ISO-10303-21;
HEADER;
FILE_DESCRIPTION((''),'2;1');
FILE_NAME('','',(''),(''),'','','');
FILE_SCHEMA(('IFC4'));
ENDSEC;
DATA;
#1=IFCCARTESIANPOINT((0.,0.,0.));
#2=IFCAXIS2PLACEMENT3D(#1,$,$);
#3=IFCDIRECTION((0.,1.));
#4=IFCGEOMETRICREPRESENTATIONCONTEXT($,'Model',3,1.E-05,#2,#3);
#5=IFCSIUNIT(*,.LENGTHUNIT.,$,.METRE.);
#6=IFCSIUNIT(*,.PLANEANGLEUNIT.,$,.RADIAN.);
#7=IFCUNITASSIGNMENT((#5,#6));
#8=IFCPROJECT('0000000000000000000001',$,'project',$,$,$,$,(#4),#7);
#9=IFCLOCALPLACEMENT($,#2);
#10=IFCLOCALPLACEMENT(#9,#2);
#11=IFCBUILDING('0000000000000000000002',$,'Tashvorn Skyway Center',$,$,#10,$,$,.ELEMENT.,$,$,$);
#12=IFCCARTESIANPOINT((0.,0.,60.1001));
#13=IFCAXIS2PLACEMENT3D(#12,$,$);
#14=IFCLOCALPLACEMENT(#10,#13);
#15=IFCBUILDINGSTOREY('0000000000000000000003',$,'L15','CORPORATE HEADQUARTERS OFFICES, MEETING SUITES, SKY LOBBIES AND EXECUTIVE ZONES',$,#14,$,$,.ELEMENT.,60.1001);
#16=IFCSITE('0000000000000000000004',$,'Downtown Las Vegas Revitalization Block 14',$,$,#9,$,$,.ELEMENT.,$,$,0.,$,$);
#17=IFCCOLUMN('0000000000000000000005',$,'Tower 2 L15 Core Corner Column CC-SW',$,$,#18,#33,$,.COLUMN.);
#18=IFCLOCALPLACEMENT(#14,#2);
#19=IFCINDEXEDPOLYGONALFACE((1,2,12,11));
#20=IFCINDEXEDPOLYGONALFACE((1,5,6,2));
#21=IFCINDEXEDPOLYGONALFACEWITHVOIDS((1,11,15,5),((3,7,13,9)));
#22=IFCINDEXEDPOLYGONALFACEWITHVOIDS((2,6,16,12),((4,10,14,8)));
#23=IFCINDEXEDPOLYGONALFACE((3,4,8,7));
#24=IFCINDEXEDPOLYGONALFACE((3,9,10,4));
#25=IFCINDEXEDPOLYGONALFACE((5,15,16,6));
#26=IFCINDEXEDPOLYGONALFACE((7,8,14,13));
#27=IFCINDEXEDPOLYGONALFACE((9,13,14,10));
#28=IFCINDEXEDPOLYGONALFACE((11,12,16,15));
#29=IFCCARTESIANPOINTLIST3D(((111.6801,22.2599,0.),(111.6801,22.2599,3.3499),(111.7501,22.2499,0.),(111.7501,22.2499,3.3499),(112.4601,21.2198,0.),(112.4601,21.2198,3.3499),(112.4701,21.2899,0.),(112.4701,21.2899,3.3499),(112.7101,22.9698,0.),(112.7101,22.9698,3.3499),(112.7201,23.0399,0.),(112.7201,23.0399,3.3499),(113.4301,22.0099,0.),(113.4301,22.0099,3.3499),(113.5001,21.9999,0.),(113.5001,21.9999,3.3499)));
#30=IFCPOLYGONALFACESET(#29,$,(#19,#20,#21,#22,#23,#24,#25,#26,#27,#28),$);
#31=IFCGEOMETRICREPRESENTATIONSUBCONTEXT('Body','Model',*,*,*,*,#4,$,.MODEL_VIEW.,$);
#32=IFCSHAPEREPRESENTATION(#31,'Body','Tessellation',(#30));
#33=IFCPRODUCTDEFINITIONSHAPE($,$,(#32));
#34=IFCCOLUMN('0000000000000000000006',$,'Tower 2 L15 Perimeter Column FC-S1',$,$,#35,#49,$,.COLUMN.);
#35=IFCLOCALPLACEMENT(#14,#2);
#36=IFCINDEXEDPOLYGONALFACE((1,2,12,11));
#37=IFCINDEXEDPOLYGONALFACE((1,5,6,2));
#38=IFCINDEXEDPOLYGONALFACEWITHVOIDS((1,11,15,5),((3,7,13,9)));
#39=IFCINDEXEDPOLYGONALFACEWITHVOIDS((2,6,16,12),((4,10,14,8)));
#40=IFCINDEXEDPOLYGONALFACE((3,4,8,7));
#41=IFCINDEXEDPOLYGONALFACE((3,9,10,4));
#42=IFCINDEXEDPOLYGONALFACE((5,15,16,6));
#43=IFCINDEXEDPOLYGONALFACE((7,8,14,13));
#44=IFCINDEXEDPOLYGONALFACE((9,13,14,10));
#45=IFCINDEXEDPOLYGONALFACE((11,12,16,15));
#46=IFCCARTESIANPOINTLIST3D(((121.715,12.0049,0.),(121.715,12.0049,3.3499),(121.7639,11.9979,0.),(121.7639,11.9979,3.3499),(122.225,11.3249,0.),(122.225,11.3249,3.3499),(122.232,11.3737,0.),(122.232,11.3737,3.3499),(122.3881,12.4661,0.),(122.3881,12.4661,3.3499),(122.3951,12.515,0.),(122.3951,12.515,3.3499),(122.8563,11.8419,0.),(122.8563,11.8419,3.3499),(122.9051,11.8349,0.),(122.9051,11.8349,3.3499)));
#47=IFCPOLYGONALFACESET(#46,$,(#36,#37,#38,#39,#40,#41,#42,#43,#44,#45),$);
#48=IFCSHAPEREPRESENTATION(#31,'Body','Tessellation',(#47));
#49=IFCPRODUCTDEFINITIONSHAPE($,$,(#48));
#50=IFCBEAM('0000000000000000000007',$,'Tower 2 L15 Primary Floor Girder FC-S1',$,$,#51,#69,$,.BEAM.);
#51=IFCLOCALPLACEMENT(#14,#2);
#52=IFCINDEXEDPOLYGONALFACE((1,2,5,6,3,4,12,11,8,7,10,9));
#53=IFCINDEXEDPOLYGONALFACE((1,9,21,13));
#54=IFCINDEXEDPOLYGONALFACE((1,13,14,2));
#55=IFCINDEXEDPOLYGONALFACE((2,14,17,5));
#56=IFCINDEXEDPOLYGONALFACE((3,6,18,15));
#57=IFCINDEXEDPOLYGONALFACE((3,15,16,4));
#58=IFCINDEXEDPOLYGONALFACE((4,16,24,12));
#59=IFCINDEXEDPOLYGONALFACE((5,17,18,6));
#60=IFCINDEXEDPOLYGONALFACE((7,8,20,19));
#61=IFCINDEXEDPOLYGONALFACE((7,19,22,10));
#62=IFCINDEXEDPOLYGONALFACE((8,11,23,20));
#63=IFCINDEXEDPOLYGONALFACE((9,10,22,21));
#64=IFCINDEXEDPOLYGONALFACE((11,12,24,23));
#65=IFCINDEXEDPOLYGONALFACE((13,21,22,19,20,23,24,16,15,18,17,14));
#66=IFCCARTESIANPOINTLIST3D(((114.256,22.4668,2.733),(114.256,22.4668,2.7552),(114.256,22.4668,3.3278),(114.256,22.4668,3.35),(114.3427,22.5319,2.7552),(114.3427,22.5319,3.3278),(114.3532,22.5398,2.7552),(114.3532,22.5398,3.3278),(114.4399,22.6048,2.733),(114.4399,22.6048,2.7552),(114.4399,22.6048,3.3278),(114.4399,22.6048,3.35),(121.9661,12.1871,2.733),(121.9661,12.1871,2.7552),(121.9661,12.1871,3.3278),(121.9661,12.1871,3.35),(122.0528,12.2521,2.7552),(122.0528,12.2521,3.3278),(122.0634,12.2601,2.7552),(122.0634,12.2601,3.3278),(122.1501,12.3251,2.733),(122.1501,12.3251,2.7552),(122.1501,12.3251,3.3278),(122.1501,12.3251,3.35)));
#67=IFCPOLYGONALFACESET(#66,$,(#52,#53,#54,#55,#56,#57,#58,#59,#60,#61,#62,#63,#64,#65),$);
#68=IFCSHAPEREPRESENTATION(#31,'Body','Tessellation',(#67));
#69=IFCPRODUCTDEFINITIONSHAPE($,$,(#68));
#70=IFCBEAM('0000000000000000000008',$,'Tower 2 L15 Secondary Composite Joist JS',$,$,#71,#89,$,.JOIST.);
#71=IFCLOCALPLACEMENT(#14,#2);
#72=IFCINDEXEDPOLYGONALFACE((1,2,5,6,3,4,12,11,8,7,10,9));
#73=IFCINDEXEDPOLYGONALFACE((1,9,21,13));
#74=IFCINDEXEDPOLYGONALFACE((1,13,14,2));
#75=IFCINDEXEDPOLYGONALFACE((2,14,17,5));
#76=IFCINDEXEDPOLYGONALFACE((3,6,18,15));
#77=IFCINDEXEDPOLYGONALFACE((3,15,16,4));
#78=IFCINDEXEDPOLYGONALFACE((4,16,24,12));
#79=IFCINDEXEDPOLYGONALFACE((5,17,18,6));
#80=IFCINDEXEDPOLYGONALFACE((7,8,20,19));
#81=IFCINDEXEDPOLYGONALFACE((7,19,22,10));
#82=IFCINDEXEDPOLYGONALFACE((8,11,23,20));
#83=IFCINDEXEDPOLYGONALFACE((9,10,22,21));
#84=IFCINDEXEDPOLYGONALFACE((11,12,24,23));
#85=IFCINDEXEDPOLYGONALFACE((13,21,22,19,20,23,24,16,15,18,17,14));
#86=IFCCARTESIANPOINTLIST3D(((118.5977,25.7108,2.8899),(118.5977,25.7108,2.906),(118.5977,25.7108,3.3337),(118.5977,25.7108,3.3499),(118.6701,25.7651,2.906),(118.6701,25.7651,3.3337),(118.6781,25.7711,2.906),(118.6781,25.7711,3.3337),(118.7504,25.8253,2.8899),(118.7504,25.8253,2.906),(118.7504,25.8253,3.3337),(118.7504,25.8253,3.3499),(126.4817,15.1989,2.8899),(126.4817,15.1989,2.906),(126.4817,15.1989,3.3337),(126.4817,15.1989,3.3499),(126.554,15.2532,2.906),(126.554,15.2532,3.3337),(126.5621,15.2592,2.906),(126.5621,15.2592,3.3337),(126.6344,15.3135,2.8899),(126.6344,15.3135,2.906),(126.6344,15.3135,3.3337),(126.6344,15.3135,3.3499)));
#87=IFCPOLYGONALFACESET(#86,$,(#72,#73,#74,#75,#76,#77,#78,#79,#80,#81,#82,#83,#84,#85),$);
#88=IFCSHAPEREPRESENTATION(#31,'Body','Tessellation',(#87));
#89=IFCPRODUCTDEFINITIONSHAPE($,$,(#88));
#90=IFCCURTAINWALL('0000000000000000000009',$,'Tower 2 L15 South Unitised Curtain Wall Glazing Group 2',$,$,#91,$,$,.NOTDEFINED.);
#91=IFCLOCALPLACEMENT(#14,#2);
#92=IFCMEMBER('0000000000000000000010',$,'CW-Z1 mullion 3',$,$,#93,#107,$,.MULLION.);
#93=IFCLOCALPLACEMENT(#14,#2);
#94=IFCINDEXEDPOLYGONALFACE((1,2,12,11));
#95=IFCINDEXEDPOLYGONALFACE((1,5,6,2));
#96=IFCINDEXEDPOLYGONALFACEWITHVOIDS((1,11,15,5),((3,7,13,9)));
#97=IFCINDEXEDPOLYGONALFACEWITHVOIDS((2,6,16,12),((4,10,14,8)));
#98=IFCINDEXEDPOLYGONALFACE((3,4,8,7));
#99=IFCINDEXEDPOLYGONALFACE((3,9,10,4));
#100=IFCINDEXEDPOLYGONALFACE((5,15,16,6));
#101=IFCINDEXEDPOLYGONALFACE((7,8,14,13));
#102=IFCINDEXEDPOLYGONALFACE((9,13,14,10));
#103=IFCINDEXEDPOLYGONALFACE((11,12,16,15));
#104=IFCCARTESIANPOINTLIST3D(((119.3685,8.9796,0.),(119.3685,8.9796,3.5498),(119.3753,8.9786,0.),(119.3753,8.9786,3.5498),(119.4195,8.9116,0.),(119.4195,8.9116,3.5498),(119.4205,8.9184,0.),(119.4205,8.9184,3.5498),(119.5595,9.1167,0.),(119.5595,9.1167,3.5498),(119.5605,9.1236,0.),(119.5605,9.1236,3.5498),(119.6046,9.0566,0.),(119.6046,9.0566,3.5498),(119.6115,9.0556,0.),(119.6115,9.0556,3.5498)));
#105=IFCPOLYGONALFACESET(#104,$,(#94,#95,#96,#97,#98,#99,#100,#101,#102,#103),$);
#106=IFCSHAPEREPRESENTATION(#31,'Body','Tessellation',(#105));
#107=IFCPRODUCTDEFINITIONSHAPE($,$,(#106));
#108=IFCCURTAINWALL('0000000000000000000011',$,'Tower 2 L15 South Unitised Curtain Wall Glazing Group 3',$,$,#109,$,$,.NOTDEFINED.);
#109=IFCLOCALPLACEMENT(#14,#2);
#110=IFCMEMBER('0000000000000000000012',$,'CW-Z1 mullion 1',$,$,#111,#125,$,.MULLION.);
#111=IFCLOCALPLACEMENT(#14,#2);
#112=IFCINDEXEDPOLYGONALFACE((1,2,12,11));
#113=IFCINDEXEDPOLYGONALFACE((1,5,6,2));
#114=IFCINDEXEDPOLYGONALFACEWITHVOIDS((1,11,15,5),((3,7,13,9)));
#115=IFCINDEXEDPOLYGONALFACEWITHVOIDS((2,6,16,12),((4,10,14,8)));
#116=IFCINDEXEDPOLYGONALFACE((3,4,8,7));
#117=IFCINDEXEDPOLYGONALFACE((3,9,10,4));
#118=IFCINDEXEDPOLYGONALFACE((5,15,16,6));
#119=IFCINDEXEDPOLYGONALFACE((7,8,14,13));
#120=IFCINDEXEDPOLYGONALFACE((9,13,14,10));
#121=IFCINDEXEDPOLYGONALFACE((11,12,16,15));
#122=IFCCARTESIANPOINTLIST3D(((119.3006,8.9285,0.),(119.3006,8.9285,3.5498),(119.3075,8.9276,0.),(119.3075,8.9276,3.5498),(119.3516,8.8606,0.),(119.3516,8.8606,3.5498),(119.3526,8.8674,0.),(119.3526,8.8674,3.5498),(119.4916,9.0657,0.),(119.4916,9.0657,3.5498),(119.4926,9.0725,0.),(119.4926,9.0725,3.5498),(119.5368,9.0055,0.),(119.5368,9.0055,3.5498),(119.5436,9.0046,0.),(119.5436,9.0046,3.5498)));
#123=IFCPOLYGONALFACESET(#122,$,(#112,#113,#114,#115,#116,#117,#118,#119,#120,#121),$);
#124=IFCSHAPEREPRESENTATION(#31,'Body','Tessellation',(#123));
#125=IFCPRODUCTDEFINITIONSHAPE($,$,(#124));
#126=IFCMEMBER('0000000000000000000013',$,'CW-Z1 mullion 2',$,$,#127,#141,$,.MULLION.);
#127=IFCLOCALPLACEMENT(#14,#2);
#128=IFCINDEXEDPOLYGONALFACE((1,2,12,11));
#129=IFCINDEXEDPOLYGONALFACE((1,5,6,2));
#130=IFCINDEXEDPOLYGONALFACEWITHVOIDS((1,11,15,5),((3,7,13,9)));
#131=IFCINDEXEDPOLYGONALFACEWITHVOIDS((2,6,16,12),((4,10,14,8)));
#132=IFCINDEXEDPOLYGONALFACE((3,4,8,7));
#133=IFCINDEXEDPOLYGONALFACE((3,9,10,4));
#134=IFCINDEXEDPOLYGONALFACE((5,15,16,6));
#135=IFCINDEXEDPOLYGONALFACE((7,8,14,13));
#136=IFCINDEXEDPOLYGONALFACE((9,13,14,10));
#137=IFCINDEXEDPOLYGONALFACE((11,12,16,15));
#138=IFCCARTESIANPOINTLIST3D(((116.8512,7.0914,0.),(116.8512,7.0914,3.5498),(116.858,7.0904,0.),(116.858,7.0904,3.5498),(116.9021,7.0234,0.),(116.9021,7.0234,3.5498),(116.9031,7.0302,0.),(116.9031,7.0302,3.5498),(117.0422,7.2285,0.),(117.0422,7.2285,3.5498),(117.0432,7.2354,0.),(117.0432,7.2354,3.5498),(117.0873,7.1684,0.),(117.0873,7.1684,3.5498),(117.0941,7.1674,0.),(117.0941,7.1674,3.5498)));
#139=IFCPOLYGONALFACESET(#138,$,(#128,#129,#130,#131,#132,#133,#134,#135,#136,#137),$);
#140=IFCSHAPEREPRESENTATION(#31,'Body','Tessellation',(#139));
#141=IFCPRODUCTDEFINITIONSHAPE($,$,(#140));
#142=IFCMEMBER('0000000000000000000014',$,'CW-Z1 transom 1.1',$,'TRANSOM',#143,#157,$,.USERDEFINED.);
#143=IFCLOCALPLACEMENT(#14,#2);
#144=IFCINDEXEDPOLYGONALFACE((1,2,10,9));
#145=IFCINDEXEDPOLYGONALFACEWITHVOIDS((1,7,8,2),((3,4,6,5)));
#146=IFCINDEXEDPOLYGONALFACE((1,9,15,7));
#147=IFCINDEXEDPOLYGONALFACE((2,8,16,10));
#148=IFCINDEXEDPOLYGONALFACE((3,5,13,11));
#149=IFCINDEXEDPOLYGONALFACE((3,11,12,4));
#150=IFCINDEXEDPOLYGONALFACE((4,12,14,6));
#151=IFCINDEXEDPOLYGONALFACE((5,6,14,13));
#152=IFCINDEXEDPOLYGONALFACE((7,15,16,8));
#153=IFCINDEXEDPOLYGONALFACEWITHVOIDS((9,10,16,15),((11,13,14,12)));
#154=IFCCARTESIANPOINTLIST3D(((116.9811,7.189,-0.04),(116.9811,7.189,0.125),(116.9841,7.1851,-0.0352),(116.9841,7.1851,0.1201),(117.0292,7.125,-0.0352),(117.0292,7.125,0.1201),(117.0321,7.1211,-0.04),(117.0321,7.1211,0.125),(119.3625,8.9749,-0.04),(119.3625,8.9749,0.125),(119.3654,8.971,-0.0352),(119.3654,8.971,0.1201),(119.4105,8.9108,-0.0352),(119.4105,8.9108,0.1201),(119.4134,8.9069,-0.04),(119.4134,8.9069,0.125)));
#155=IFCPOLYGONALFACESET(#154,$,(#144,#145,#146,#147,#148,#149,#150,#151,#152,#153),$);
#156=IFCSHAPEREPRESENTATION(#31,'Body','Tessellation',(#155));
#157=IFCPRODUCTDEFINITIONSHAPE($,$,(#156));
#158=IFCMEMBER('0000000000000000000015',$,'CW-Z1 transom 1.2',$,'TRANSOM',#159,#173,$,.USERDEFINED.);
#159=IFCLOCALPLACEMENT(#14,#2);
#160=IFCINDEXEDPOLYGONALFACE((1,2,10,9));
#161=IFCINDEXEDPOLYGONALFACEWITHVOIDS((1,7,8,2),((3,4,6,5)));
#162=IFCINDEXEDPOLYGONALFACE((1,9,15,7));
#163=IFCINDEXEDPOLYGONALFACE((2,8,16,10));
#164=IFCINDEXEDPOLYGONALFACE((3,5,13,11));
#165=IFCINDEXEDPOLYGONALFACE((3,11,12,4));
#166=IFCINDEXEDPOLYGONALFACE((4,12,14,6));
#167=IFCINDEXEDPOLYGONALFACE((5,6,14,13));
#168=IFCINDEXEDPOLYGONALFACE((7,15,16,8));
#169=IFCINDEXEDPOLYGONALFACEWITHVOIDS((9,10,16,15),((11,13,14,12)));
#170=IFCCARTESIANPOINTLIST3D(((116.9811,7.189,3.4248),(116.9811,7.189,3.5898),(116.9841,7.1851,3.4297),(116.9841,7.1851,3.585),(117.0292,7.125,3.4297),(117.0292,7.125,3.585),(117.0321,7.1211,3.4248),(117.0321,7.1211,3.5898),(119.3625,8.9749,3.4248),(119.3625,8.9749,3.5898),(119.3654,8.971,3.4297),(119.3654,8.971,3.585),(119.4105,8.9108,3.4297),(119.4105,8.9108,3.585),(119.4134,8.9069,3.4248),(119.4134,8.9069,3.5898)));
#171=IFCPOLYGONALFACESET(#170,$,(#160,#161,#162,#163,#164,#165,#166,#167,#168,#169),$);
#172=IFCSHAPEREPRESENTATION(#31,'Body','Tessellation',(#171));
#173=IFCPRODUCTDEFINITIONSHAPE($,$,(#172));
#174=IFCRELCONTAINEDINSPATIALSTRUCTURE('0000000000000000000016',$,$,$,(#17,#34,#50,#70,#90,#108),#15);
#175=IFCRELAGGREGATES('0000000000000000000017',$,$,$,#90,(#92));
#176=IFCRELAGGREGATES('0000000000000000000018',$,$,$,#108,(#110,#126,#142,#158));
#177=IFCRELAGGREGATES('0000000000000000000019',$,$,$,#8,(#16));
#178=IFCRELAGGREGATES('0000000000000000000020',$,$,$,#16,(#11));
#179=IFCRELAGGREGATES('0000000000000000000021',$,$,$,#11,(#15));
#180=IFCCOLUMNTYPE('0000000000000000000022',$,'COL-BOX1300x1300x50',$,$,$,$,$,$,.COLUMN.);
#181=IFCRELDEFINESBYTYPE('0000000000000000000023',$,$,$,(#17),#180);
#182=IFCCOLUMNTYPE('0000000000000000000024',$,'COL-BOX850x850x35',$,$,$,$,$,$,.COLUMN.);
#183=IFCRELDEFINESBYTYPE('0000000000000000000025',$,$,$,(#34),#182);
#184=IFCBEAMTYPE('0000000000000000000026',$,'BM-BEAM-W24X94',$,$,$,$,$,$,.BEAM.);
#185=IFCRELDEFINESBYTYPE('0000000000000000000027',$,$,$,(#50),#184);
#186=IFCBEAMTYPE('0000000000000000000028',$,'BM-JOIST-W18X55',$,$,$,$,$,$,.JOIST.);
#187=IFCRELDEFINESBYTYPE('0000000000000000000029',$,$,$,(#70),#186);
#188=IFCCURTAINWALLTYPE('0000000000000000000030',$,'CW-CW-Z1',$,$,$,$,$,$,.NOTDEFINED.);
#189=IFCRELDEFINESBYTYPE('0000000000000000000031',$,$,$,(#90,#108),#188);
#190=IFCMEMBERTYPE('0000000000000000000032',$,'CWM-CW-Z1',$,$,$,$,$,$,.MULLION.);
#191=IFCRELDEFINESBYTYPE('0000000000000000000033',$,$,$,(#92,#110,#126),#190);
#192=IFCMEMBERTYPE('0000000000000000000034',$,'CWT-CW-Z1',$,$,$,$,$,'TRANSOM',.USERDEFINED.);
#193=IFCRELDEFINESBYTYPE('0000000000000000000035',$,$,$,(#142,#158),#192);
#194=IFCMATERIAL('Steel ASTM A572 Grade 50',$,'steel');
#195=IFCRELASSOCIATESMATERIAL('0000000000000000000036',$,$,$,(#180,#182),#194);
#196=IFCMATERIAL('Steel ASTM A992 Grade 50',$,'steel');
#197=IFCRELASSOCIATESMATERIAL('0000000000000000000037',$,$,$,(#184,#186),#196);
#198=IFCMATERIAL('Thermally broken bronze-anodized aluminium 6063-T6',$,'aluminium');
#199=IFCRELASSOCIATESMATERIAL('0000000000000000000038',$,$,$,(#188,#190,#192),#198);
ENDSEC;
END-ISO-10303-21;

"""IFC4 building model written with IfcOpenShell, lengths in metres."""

from ifc_helpers import new_model, si_unit, direction, frame, origin, origin_2d, place, context, subcontext, project, spatial, hollow_rectangle, i_section, extrude, material, material_profile, profile_set, type_object, element, aggregate, save


model = new_model("IFC4")

# Units and contexts
model_context = context("Model", 3, precision=1e-05, world=origin(), true_north=direction((0.0, 1.0)))
body_context = subcontext(model_context, "Body", "Model", "MODEL_VIEW")
ifc_project = project(units=[si_unit("LENGTHUNIT", "METRE"), si_unit("PLANEANGLEUNIT", "RADIAN")], contexts=[model_context])

# Site, building, storey
site_placement = place(None, origin())
site = spatial("IfcSite", under=ifc_project, at=site_placement, Name="Downtown Las Vegas Revitalization Block 14", CompositionType="ELEMENT", RefElevation=0.0)
building_placement = place(site_placement, origin())
building = spatial("IfcBuilding", under=site, at=building_placement, Name="Tashvorn Skyway Center", CompositionType="ELEMENT")
storey_placement = place(building_placement, frame((0.0, 0.0, 60.1001)))
storey = spatial("IfcBuildingStorey", under=building, at=storey_placement, Name="L15", Description="CORPORATE HEADQUARTERS OFFICES, MEETING SUITES, SKY LOBBIES AND EXECUTIVE ZONES", CompositionType="ELEMENT", Elevation=60.1001)

# Columns
ifc_material_1 = material(Name="Steel ASTM A572 Grade 50", Category="steel")
ifc_material_profile_1 = material_profile(ifc_material_1, hollow_rectangle(XDim=1.3, YDim=1.3, WallThickness=0.05, at=origin_2d()), Name="BOX1300x1300x50")
ifc_profile_set_1 = profile_set([ifc_material_profile_1], Name="Steel ASTM A572 Grade 50")
column_type_1 = type_object("IfcColumnType", Name="COL-BOX1300x1300x50", PredefinedType="COLUMN", material=ifc_profile_set_1)
column_1_placement = place(storey_placement, frame((112.5901, 22.1299, 0.0), z_axis=(0.0, 0.0, 1.0), x_axis=(0.8, 0.6, 0.0)))
element("IfcColumn", 1, at=column_1_placement, inside=storey, type_object=column_type_1, Name="Tower 2 L15 Core Corner Column CC-SW", PredefinedType="COLUMN", context=body_context, shape_type="SweptSolid", body=[
    extrude(hollow_rectangle(XDim=1.3, YDim=1.3, WallThickness=0.05, at=origin_2d()), origin(), (0.0, 0.0, 1.0), 3.3499),
])
ifc_material_profile_2 = material_profile(ifc_material_1, hollow_rectangle(XDim=0.8501, YDim=0.8501, WallThickness=0.0349, at=origin_2d()), Name="BOX850x850x35")
ifc_profile_set_2 = profile_set([ifc_material_profile_2], Name="Steel ASTM A572 Grade 50")
column_type_2 = type_object("IfcColumnType", Name="COL-BOX850x850x35", PredefinedType="COLUMN", material=ifc_profile_set_2)
column_2_placement = place(storey_placement, frame((122.3101, 11.9199, 0.0), z_axis=(0.0, 0.0, 1.0), x_axis=(0.8, 0.6, 0.0)))
element("IfcColumn", 2, at=column_2_placement, inside=storey, type_object=column_type_2, Name="Tower 2 L15 Perimeter Column FC-S1", PredefinedType="COLUMN", context=body_context, shape_type="SweptSolid", body=[
    extrude(hollow_rectangle(XDim=0.8501, YDim=0.8501, WallThickness=0.0349, at=origin_2d()), origin(), (0.0, 0.0, 1.0), 3.3499),
])

# Beams
ifc_material_2 = material(Name="Steel ASTM A992 Grade 50", Category="steel")
ifc_material_profile_3 = material_profile(ifc_material_2, i_section(OverallWidth=0.23, OverallDepth=0.6169, WebThickness=0.0132, FlangeThickness=0.0222, at=origin_2d()), Name="W24X94")
ifc_profile_set_3 = profile_set([ifc_material_profile_3], Name="Steel ASTM A992 Grade 50")
beam_type_1 = type_object("IfcBeamType", Name="BM-BEAM-W24X94", PredefinedType="BEAM", material=ifc_profile_set_3)
beam_1_placement = place(storey_placement, frame((122.0581, 12.2561, 3.0415), z_axis=(-0.600018, 0.799986, 0.0), x_axis=(-0.799986, -0.600018, 0.0)))
element("IfcBeam", 3, at=beam_1_placement, inside=storey, type_object=beam_type_1, Name="Tower 2 L15 Primary Floor Girder FC-S1", PredefinedType="BEAM", context=body_context, shape_type="SweptSolid", body=[
    extrude(i_section(OverallWidth=0.23, OverallDepth=0.6169, WebThickness=0.0132, FlangeThickness=0.0222, at=origin_2d()), origin(), (0.0, 0.0, 1.0), 12.8499),
])
ifc_material_profile_4 = material_profile(ifc_material_2, i_section(OverallWidth=0.1909, OverallDepth=0.46, WebThickness=0.01, FlangeThickness=0.0161, at=origin_2d()), Name="W18X55")
ifc_profile_set_4 = profile_set([ifc_material_profile_4], Name="Steel ASTM A992 Grade 50")
beam_type_2 = type_object("IfcBeamType", Name="BM-JOIST-W18X55", PredefinedType="JOIST", material=ifc_profile_set_4)
beam_2_placement = place(storey_placement, frame((118.6741, 25.7681, 3.1199), z_axis=(0.600003, -0.799998, 0.0), x_axis=(0.799998, 0.600003, 0.0)))
element("IfcBeam", 4, at=beam_2_placement, inside=storey, type_object=beam_type_2, Name="Tower 2 L15 Secondary Composite Joist JS", PredefinedType="JOIST", context=body_context, shape_type="SweptSolid", body=[
    extrude(i_section(OverallWidth=0.1909, OverallDepth=0.46, WebThickness=0.01, FlangeThickness=0.0161, at=origin_2d()), origin(), (0.0, 0.0, 1.0), 13.1399),
])

# Curtain wall, member
ifc_material_3 = material(Name="Thermally broken bronze-anodized aluminium 6063-T6", Category="aluminium")
curtain_wall_type = type_object("IfcCurtainWallType", Name="CW-CW-Z1", PredefinedType="NOTDEFINED", material=ifc_material_3)
curtain_wall_1_placement = place(storey_placement, origin())
curtain_wall_1 = element("IfcCurtainWall", 5, at=curtain_wall_1_placement, inside=storey, type_object=curtain_wall_type, Name="Tower 2 L15 South Unitised Curtain Wall Glazing Group 2", PredefinedType="NOTDEFINED")
ifc_material_profile_5 = material_profile(ifc_material_3, hollow_rectangle(XDim=0.085, YDim=0.24, WallThickness=0.0049, at=origin_2d()), Name="ALU-MULL-85x240")
ifc_profile_set_5 = profile_set([ifc_material_profile_5], Name="Thermally broken bronze-anodized aluminium 6063-T6")
member_type_1 = type_object("IfcMemberType", Name="CWM-CW-Z1", PredefinedType="MULLION", material=ifc_profile_set_5)
member_1_placement = place(storey_placement, frame((119.49, 9.0176, 0.0), z_axis=(0.0, 0.0, 1.0), x_axis=(0.6, -0.8, 0.0)))
member_1 = element("IfcMember", 6, at=member_1_placement, type_object=member_type_1, Name="CW-Z1 mullion 3", PredefinedType="MULLION", context=body_context, shape_type="SweptSolid", body=[
    extrude(hollow_rectangle(XDim=0.085, YDim=0.24, WallThickness=0.0049, at=origin_2d()), origin(), (0.0, 0.0, 1.0), 3.5498),
])
aggregate(curtain_wall_1, [member_1])

# Curtain wall, members
curtain_wall_2_placement = place(storey_placement, origin())
curtain_wall_2 = element("IfcCurtainWall", 7, at=curtain_wall_2_placement, inside=storey, type_object=curtain_wall_type, Name="Tower 2 L15 South Unitised Curtain Wall Glazing Group 3", PredefinedType="NOTDEFINED")
member_2_placement = place(storey_placement, frame((119.4221, 8.9666, 0.0), z_axis=(0.0, 0.0, 1.0), x_axis=(0.600005, -0.799996, 0.0)))
member_2 = element("IfcMember", 8, at=member_2_placement, type_object=member_type_1, Name="CW-Z1 mullion 1", PredefinedType="MULLION", context=body_context, shape_type="SweptSolid", body=[
    extrude(hollow_rectangle(XDim=0.085, YDim=0.24, WallThickness=0.0049, at=origin_2d()), origin(), (0.0, 0.0, 1.0), 3.5498),
])
member_3_placement = place(storey_placement, frame((116.9727, 7.1294, 0.0), z_axis=(0.0, 0.0, 1.0), x_axis=(0.600005, -0.799996, 0.0)))
member_3 = element("IfcMember", 9, at=member_3_placement, type_object=member_type_1, Name="CW-Z1 mullion 2", PredefinedType="MULLION", context=body_context, shape_type="SweptSolid", body=[
    extrude(hollow_rectangle(XDim=0.085, YDim=0.24, WallThickness=0.0049, at=origin_2d()), origin(), (0.0, 0.0, 1.0), 3.5498),
])
ifc_material_profile_6 = material_profile(ifc_material_3, hollow_rectangle(XDim=0.085, YDim=0.165, WallThickness=0.0049, at=origin_2d()), Name="ALU-TRAN-85x165")
ifc_profile_set_6 = profile_set([ifc_material_profile_6], Name="Thermally broken bronze-anodized aluminium 6063-T6")
member_type_2 = type_object("IfcMemberType", Name="CWT-CW-Z1", ElementType="TRANSOM", PredefinedType="USERDEFINED", material=ifc_profile_set_6)
member_4_placement = place(storey_placement, frame((119.3879, 8.9409, 0.0425), z_axis=(-0.80002, -0.599974, 0.0), x_axis=(0.599974, -0.80002, 0.0)))
member_4 = element("IfcMember", 10, at=member_4_placement, type_object=member_type_2, Name="CW-Z1 transom 1.1", ObjectType="TRANSOM", PredefinedType="USERDEFINED", context=body_context, shape_type="SweptSolid", body=[
    extrude(hollow_rectangle(XDim=0.085, YDim=0.165, WallThickness=0.0049, at=origin_2d()), origin(), (0.0, 0.0, 1.0), 2.9766),
])
member_5_placement = place(storey_placement, frame((119.3879, 8.9409, 3.5073), z_axis=(-0.80002, -0.599974, 0.0), x_axis=(0.599974, -0.80002, 0.0)))
member_5 = element("IfcMember", 11, at=member_5_placement, type_object=member_type_2, Name="CW-Z1 transom 1.2", ObjectType="TRANSOM", PredefinedType="USERDEFINED", context=body_context, shape_type="SweptSolid", body=[
    extrude(hollow_rectangle(XDim=0.085, YDim=0.165, WallThickness=0.0049, at=origin_2d()), origin(), (0.0, 0.0, 1.0), 2.9766),
])
aggregate(curtain_wall_2, [member_2, member_3, member_4, member_5])

save(model, "model.ifc")
